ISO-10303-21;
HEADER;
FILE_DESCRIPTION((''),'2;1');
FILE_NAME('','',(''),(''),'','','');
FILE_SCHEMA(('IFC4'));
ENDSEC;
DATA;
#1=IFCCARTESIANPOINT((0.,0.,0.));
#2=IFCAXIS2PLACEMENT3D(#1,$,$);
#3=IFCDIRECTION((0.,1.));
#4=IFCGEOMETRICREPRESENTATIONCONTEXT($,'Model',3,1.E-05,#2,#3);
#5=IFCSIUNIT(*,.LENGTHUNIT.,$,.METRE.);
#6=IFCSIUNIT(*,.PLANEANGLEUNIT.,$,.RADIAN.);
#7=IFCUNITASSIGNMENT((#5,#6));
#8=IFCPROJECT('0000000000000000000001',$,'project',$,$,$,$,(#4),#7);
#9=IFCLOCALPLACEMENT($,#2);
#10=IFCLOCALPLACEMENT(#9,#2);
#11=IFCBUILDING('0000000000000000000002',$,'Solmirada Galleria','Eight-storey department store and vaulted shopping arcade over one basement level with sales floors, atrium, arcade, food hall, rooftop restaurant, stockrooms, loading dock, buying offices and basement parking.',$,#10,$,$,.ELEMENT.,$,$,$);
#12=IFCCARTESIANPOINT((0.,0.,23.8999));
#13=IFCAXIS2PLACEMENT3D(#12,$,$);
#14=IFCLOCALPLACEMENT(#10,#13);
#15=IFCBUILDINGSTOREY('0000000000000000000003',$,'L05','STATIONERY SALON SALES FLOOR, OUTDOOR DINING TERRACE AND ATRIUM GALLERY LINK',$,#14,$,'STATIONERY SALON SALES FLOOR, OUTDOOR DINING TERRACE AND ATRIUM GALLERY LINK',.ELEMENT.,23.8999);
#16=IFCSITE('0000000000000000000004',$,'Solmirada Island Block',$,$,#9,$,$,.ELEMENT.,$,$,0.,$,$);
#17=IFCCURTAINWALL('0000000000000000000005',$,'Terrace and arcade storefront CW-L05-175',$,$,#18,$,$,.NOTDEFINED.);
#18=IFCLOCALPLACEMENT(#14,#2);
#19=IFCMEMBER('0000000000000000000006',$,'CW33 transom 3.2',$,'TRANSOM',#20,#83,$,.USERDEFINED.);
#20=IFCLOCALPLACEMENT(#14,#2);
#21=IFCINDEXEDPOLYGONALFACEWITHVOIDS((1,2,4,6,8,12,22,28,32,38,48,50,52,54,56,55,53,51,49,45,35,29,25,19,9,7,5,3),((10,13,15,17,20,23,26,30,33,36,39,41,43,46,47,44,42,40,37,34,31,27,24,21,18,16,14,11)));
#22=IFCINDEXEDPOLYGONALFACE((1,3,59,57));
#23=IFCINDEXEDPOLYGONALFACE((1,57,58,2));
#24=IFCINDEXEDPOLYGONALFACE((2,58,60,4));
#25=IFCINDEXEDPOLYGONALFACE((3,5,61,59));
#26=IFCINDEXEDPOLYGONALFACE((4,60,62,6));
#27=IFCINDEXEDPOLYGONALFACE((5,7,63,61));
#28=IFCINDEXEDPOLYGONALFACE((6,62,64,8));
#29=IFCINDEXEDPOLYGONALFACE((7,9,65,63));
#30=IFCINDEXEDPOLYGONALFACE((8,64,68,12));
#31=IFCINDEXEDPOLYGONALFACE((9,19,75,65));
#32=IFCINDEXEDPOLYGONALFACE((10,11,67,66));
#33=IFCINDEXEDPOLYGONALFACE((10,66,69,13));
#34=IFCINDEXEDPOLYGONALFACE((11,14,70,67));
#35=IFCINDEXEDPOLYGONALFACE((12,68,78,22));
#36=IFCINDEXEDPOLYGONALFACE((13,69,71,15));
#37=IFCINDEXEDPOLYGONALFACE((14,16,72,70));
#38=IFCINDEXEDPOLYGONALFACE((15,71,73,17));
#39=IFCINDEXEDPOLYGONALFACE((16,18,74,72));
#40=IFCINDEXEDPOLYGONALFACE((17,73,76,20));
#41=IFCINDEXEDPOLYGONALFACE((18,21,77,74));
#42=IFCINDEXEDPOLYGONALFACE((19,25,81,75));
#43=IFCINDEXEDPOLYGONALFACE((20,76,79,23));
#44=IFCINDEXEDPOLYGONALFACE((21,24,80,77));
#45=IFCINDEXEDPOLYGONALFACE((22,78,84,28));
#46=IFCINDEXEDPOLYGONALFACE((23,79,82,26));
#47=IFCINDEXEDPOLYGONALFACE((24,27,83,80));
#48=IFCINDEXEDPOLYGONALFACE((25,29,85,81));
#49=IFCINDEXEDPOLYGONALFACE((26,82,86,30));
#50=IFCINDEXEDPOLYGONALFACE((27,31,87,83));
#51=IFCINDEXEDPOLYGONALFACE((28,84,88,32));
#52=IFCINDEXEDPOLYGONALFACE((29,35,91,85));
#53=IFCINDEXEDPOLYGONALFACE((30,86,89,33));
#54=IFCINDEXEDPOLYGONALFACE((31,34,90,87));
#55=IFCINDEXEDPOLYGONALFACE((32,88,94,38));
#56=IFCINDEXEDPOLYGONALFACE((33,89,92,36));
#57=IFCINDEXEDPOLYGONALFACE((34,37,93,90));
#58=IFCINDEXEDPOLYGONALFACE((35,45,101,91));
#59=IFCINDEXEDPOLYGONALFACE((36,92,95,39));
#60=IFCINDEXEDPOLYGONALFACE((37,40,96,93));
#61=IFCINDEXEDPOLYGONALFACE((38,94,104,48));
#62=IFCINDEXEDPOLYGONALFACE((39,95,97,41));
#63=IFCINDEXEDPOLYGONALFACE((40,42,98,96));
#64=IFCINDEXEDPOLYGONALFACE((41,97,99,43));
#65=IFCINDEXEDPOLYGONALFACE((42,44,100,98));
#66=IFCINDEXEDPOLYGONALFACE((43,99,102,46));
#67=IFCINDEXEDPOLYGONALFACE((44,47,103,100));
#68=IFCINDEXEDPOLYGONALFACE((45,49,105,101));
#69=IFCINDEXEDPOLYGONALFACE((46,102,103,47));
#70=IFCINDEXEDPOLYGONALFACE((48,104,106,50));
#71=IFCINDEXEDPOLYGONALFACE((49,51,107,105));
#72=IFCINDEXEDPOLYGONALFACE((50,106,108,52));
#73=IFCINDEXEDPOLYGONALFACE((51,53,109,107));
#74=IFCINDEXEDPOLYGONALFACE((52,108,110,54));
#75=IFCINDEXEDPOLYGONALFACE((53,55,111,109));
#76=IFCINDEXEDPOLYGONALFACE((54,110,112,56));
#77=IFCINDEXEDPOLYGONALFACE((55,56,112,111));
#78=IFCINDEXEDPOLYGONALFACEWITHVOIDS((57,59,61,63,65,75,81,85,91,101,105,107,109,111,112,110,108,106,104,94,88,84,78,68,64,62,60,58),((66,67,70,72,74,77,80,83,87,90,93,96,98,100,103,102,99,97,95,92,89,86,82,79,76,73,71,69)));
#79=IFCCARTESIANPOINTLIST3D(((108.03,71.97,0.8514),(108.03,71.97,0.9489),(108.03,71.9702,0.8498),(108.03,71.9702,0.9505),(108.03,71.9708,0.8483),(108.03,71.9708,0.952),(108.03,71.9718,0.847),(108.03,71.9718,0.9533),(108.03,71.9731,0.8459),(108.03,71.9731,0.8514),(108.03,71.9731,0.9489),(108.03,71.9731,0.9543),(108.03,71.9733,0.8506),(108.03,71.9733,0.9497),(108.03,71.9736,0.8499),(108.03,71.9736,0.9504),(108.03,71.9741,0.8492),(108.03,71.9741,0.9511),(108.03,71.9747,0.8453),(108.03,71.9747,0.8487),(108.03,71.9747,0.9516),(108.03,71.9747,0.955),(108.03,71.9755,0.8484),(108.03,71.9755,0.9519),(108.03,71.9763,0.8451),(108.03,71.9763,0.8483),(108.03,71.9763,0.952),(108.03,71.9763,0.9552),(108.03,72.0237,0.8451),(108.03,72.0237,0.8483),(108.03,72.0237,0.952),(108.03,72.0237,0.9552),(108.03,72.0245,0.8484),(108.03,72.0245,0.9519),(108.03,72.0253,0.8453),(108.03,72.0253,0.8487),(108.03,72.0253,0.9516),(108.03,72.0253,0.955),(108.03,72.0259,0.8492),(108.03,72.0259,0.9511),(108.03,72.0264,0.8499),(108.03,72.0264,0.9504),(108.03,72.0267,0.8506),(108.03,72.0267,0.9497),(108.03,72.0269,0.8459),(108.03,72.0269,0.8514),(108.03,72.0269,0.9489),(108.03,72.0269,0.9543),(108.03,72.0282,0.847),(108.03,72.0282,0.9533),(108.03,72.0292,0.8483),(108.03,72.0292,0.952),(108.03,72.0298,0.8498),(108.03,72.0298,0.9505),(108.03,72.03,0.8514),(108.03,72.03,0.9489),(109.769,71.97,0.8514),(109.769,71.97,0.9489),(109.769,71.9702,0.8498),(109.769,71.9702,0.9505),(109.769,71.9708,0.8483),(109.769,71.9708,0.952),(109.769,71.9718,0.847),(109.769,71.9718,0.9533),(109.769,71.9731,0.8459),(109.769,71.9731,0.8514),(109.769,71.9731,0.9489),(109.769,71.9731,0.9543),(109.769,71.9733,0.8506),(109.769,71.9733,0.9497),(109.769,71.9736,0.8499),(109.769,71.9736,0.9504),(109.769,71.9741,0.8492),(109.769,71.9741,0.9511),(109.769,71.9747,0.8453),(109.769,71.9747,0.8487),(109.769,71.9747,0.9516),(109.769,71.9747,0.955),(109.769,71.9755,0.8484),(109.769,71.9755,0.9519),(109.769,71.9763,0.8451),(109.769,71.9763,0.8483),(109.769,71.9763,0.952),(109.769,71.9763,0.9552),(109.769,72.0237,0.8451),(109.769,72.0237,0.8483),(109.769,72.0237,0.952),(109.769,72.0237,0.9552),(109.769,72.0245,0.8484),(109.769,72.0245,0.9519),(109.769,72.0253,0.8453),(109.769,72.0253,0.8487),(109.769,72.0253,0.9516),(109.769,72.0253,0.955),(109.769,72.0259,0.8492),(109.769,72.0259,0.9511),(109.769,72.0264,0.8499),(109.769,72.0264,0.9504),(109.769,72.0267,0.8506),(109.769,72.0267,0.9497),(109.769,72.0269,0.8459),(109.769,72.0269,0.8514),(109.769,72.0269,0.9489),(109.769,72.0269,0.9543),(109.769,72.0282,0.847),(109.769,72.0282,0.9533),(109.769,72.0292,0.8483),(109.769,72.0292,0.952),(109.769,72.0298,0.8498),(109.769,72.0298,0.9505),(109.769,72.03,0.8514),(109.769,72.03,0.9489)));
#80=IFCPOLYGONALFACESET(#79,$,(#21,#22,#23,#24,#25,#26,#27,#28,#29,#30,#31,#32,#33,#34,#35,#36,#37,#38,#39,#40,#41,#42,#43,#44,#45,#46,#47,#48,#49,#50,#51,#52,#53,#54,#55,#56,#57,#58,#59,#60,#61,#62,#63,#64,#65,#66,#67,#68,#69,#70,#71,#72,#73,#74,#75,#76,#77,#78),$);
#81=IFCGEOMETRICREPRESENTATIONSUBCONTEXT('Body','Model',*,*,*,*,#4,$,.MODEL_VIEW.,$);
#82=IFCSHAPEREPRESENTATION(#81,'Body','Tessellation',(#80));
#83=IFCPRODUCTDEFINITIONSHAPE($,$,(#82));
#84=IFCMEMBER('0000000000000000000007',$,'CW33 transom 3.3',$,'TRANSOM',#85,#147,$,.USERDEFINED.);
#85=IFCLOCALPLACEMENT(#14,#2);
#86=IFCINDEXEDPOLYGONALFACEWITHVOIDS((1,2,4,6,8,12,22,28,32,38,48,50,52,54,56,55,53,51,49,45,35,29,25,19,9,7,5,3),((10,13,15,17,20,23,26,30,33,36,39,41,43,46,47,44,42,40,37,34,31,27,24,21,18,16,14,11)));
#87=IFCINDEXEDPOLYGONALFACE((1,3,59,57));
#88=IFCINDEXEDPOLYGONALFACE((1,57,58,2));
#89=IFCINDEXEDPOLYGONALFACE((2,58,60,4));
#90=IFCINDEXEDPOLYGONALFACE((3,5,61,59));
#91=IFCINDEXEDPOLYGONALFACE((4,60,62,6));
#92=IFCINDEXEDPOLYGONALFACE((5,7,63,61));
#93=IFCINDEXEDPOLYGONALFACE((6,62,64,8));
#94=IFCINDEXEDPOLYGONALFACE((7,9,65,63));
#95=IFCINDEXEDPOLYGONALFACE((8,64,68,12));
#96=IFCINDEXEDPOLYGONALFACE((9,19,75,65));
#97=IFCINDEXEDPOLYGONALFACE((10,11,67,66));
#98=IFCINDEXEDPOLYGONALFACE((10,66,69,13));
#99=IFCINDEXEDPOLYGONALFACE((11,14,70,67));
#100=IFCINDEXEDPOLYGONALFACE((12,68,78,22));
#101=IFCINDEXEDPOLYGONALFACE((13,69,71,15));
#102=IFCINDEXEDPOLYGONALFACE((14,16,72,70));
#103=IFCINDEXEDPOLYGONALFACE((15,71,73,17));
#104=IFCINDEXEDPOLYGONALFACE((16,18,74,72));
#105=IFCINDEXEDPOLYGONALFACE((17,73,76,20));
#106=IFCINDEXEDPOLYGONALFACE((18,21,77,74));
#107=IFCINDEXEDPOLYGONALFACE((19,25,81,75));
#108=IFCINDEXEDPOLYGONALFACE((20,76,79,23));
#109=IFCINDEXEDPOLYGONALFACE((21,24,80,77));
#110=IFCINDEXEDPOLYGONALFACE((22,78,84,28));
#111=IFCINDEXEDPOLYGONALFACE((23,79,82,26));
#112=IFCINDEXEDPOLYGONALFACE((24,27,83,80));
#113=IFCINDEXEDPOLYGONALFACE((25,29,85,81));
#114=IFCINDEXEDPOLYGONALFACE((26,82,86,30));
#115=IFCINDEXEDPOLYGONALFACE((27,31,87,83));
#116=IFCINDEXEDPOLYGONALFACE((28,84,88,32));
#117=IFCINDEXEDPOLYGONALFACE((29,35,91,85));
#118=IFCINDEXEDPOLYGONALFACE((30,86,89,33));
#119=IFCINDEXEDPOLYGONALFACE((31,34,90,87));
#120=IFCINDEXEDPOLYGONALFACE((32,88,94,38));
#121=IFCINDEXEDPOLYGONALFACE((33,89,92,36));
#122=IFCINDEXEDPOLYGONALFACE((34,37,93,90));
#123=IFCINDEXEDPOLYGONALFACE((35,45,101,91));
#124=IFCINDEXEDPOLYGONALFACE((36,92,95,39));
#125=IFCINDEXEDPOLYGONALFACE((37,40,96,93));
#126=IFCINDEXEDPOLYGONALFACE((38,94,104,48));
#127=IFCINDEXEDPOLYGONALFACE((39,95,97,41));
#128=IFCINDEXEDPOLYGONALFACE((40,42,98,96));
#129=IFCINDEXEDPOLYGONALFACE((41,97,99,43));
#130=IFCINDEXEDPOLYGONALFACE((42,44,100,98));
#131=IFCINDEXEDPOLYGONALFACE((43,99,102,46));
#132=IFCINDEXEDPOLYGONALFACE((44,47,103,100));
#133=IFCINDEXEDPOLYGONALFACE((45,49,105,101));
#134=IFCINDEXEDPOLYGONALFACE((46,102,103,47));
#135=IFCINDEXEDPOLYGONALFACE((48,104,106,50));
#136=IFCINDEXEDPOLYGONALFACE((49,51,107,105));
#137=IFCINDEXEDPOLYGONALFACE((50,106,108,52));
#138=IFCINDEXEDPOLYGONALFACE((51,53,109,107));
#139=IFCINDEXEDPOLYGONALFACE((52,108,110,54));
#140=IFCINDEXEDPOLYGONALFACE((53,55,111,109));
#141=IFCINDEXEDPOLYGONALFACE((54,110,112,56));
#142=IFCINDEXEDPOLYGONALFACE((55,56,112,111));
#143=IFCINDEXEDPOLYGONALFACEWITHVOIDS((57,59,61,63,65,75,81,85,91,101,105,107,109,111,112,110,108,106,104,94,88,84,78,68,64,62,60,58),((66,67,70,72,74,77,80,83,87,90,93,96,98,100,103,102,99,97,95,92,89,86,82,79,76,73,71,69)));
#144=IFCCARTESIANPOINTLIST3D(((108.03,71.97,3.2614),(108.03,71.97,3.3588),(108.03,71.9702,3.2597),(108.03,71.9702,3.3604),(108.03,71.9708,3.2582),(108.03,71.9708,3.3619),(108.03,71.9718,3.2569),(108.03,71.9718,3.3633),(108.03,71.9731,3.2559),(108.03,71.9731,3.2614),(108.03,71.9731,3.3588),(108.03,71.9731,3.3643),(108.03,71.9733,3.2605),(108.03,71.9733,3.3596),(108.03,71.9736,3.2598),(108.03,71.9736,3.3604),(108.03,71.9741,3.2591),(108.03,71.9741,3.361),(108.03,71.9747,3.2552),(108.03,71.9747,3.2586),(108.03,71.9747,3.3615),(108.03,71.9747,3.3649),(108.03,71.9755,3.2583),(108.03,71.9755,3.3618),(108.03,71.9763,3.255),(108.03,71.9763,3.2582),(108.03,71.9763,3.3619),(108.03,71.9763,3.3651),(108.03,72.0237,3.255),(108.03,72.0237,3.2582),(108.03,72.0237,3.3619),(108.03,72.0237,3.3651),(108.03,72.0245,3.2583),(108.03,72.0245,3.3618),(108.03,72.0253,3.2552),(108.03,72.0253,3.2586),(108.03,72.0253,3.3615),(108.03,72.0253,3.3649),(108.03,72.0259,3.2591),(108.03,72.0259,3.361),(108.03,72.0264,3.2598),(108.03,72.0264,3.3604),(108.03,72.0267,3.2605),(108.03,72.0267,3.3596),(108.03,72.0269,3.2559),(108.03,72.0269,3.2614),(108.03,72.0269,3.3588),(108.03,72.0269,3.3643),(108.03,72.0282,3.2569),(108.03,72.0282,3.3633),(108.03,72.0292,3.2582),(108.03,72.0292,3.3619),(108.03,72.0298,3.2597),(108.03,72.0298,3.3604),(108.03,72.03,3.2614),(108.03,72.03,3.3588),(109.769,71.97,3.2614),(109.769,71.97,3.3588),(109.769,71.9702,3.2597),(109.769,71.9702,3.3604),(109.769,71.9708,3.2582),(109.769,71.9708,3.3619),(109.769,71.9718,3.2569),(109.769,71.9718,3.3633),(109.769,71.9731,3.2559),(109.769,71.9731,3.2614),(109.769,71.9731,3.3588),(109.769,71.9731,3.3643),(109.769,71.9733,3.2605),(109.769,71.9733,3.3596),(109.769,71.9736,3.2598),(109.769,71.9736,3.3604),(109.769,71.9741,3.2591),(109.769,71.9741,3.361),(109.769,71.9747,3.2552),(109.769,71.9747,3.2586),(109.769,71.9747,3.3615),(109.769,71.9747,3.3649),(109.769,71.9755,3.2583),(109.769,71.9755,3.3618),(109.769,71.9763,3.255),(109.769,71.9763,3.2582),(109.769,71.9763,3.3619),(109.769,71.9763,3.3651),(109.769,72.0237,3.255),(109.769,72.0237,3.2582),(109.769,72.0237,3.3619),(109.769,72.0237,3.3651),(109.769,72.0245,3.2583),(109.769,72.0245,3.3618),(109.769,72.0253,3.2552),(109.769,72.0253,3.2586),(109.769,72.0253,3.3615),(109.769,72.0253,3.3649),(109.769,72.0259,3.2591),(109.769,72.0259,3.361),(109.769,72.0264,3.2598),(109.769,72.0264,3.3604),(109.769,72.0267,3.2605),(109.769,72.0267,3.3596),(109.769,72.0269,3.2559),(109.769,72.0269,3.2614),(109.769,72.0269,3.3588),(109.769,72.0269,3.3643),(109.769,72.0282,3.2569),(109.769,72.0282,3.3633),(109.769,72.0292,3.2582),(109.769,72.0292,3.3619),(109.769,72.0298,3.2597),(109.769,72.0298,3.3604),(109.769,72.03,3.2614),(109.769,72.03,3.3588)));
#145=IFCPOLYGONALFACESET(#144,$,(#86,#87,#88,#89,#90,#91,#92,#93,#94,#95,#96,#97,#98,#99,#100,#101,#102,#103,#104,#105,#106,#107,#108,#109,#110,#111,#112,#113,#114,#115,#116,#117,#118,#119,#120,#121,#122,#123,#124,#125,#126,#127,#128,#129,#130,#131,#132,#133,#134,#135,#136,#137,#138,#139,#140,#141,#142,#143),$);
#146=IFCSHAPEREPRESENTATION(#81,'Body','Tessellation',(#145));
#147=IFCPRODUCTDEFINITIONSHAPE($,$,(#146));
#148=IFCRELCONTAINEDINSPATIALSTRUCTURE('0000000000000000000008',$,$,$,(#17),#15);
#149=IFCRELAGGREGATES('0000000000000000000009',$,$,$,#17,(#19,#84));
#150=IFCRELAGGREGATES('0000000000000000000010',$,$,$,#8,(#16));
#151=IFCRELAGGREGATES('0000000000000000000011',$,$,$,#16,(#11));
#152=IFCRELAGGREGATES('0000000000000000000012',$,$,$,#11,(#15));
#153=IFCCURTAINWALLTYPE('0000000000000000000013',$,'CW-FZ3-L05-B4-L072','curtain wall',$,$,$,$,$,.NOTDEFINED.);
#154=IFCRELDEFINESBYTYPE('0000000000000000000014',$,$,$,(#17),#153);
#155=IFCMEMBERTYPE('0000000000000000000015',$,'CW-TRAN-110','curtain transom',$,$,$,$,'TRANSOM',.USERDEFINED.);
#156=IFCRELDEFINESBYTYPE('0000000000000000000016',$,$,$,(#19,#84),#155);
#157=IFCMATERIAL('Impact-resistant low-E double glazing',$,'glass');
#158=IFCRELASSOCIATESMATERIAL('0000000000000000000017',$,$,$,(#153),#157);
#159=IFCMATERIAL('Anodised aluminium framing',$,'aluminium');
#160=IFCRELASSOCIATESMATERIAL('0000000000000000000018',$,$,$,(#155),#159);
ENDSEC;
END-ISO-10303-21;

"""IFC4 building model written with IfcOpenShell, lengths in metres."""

from ifc_helpers import new_model, si_unit, direction, frame, origin, origin_2d, place, context, subcontext, project, spatial, hollow_rectangle, extrude, material, material_profile, profile_set, type_object, element, aggregate, save


model = new_model("IFC4")

# Units and contexts
model_context = context("Model", 3, precision=1e-05, world=origin(), true_north=direction((0.0, 1.0)))
body_context = subcontext(model_context, "Body", "Model", "MODEL_VIEW")
ifc_project = project(units=[si_unit("LENGTHUNIT", "METRE"), si_unit("PLANEANGLEUNIT", "RADIAN")], contexts=[model_context])

# Site, building, storey
site_placement = place(None, origin())
site = spatial("IfcSite", under=ifc_project, at=site_placement, Name="Solmirada Island Block", CompositionType="ELEMENT", RefElevation=0.0)
building_placement = place(site_placement, origin())
building = spatial("IfcBuilding", under=site, at=building_placement, Name="Solmirada Galleria", Description="Eight-storey department store and vaulted shopping arcade over one basement level with sales floors, atrium, arcade, food hall, rooftop restaurant, stockrooms, loading dock, buying offices and basement parking.", CompositionType="ELEMENT")
storey_placement = place(building_placement, frame((0.0, 0.0, 23.8999)))
storey = spatial("IfcBuildingStorey", under=building, at=storey_placement, Name="L05", Description="STATIONERY SALON SALES FLOOR, OUTDOOR DINING TERRACE AND ATRIUM GALLERY LINK", LongName="STATIONERY SALON SALES FLOOR, OUTDOOR DINING TERRACE AND ATRIUM GALLERY LINK", CompositionType="ELEMENT", Elevation=23.8999)

# Curtain wall, members
ifc_material_1 = material(Name="Impact-resistant low-E double glazing", Category="glass")
curtain_wall_type = type_object("IfcCurtainWallType", Name="CW-FZ3-L05-B4-L072", Description="curtain wall", PredefinedType="NOTDEFINED", material=ifc_material_1)
curtain_wall_placement = place(storey_placement, origin())
curtain_wall = element("IfcCurtainWall", 1, at=curtain_wall_placement, inside=storey, type_object=curtain_wall_type, Name="Terrace and arcade storefront CW-L05-175", PredefinedType="NOTDEFINED")
ifc_material_2 = material(Name="Anodised aluminium framing", Category="aluminium")
ifc_material_profile_1 = material_profile(ifc_material_2, hollow_rectangle(XDim=0.0601, YDim=0.1101, WallThickness=0.0032, InnerFilletRadius=0.0032, OuterFilletRadius=0.0063, at=origin_2d()), Name="ALU-TRAN-110X60")
ifc_profile_set_1 = profile_set([ifc_material_profile_1], Name="Anodised aluminium framing")
member_type_1 = type_object("IfcMemberType", Name="CW-TRAN-110", Description="curtain transom", ElementType="TRANSOM", PredefinedType="USERDEFINED", material=ifc_profile_set_1)
member_1_placement = place(storey_placement, frame((108.03, 72.0, 0.9001), z_axis=(1.0, 0.0, 0.0), x_axis=(0.0, 1.0, 0.0)))
member_1 = element("IfcMember", 2, at=member_1_placement, type_object=member_type_1, Name="CW33 transom 3.2", ObjectType="TRANSOM", PredefinedType="USERDEFINED", context=body_context, shape_type="SweptSolid", body=[
    extrude(hollow_rectangle(XDim=0.0601, YDim=0.1101, WallThickness=0.0032, InnerFilletRadius=0.0032, OuterFilletRadius=0.0063, at=origin_2d()), origin(), (0.0, 0.0, 1.0), 1.739),
])
member_2_placement = place(storey_placement, frame((108.03, 72.0, 3.3101), z_axis=(1.0, 0.0, 0.0), x_axis=(0.0, 1.0, 0.0)))
member_2 = element("IfcMember", 3, at=member_2_placement, type_object=member_type_1, Name="CW33 transom 3.3", ObjectType="TRANSOM", PredefinedType="USERDEFINED", context=body_context, shape_type="SweptSolid", body=[
    extrude(hollow_rectangle(XDim=0.0601, YDim=0.1101, WallThickness=0.0032, InnerFilletRadius=0.0032, OuterFilletRadius=0.0063, at=origin_2d()), origin(), (0.0, 0.0, 1.0), 1.739),
])
aggregate(curtain_wall, [member_1, member_2])

save(model, "model.ifc")
